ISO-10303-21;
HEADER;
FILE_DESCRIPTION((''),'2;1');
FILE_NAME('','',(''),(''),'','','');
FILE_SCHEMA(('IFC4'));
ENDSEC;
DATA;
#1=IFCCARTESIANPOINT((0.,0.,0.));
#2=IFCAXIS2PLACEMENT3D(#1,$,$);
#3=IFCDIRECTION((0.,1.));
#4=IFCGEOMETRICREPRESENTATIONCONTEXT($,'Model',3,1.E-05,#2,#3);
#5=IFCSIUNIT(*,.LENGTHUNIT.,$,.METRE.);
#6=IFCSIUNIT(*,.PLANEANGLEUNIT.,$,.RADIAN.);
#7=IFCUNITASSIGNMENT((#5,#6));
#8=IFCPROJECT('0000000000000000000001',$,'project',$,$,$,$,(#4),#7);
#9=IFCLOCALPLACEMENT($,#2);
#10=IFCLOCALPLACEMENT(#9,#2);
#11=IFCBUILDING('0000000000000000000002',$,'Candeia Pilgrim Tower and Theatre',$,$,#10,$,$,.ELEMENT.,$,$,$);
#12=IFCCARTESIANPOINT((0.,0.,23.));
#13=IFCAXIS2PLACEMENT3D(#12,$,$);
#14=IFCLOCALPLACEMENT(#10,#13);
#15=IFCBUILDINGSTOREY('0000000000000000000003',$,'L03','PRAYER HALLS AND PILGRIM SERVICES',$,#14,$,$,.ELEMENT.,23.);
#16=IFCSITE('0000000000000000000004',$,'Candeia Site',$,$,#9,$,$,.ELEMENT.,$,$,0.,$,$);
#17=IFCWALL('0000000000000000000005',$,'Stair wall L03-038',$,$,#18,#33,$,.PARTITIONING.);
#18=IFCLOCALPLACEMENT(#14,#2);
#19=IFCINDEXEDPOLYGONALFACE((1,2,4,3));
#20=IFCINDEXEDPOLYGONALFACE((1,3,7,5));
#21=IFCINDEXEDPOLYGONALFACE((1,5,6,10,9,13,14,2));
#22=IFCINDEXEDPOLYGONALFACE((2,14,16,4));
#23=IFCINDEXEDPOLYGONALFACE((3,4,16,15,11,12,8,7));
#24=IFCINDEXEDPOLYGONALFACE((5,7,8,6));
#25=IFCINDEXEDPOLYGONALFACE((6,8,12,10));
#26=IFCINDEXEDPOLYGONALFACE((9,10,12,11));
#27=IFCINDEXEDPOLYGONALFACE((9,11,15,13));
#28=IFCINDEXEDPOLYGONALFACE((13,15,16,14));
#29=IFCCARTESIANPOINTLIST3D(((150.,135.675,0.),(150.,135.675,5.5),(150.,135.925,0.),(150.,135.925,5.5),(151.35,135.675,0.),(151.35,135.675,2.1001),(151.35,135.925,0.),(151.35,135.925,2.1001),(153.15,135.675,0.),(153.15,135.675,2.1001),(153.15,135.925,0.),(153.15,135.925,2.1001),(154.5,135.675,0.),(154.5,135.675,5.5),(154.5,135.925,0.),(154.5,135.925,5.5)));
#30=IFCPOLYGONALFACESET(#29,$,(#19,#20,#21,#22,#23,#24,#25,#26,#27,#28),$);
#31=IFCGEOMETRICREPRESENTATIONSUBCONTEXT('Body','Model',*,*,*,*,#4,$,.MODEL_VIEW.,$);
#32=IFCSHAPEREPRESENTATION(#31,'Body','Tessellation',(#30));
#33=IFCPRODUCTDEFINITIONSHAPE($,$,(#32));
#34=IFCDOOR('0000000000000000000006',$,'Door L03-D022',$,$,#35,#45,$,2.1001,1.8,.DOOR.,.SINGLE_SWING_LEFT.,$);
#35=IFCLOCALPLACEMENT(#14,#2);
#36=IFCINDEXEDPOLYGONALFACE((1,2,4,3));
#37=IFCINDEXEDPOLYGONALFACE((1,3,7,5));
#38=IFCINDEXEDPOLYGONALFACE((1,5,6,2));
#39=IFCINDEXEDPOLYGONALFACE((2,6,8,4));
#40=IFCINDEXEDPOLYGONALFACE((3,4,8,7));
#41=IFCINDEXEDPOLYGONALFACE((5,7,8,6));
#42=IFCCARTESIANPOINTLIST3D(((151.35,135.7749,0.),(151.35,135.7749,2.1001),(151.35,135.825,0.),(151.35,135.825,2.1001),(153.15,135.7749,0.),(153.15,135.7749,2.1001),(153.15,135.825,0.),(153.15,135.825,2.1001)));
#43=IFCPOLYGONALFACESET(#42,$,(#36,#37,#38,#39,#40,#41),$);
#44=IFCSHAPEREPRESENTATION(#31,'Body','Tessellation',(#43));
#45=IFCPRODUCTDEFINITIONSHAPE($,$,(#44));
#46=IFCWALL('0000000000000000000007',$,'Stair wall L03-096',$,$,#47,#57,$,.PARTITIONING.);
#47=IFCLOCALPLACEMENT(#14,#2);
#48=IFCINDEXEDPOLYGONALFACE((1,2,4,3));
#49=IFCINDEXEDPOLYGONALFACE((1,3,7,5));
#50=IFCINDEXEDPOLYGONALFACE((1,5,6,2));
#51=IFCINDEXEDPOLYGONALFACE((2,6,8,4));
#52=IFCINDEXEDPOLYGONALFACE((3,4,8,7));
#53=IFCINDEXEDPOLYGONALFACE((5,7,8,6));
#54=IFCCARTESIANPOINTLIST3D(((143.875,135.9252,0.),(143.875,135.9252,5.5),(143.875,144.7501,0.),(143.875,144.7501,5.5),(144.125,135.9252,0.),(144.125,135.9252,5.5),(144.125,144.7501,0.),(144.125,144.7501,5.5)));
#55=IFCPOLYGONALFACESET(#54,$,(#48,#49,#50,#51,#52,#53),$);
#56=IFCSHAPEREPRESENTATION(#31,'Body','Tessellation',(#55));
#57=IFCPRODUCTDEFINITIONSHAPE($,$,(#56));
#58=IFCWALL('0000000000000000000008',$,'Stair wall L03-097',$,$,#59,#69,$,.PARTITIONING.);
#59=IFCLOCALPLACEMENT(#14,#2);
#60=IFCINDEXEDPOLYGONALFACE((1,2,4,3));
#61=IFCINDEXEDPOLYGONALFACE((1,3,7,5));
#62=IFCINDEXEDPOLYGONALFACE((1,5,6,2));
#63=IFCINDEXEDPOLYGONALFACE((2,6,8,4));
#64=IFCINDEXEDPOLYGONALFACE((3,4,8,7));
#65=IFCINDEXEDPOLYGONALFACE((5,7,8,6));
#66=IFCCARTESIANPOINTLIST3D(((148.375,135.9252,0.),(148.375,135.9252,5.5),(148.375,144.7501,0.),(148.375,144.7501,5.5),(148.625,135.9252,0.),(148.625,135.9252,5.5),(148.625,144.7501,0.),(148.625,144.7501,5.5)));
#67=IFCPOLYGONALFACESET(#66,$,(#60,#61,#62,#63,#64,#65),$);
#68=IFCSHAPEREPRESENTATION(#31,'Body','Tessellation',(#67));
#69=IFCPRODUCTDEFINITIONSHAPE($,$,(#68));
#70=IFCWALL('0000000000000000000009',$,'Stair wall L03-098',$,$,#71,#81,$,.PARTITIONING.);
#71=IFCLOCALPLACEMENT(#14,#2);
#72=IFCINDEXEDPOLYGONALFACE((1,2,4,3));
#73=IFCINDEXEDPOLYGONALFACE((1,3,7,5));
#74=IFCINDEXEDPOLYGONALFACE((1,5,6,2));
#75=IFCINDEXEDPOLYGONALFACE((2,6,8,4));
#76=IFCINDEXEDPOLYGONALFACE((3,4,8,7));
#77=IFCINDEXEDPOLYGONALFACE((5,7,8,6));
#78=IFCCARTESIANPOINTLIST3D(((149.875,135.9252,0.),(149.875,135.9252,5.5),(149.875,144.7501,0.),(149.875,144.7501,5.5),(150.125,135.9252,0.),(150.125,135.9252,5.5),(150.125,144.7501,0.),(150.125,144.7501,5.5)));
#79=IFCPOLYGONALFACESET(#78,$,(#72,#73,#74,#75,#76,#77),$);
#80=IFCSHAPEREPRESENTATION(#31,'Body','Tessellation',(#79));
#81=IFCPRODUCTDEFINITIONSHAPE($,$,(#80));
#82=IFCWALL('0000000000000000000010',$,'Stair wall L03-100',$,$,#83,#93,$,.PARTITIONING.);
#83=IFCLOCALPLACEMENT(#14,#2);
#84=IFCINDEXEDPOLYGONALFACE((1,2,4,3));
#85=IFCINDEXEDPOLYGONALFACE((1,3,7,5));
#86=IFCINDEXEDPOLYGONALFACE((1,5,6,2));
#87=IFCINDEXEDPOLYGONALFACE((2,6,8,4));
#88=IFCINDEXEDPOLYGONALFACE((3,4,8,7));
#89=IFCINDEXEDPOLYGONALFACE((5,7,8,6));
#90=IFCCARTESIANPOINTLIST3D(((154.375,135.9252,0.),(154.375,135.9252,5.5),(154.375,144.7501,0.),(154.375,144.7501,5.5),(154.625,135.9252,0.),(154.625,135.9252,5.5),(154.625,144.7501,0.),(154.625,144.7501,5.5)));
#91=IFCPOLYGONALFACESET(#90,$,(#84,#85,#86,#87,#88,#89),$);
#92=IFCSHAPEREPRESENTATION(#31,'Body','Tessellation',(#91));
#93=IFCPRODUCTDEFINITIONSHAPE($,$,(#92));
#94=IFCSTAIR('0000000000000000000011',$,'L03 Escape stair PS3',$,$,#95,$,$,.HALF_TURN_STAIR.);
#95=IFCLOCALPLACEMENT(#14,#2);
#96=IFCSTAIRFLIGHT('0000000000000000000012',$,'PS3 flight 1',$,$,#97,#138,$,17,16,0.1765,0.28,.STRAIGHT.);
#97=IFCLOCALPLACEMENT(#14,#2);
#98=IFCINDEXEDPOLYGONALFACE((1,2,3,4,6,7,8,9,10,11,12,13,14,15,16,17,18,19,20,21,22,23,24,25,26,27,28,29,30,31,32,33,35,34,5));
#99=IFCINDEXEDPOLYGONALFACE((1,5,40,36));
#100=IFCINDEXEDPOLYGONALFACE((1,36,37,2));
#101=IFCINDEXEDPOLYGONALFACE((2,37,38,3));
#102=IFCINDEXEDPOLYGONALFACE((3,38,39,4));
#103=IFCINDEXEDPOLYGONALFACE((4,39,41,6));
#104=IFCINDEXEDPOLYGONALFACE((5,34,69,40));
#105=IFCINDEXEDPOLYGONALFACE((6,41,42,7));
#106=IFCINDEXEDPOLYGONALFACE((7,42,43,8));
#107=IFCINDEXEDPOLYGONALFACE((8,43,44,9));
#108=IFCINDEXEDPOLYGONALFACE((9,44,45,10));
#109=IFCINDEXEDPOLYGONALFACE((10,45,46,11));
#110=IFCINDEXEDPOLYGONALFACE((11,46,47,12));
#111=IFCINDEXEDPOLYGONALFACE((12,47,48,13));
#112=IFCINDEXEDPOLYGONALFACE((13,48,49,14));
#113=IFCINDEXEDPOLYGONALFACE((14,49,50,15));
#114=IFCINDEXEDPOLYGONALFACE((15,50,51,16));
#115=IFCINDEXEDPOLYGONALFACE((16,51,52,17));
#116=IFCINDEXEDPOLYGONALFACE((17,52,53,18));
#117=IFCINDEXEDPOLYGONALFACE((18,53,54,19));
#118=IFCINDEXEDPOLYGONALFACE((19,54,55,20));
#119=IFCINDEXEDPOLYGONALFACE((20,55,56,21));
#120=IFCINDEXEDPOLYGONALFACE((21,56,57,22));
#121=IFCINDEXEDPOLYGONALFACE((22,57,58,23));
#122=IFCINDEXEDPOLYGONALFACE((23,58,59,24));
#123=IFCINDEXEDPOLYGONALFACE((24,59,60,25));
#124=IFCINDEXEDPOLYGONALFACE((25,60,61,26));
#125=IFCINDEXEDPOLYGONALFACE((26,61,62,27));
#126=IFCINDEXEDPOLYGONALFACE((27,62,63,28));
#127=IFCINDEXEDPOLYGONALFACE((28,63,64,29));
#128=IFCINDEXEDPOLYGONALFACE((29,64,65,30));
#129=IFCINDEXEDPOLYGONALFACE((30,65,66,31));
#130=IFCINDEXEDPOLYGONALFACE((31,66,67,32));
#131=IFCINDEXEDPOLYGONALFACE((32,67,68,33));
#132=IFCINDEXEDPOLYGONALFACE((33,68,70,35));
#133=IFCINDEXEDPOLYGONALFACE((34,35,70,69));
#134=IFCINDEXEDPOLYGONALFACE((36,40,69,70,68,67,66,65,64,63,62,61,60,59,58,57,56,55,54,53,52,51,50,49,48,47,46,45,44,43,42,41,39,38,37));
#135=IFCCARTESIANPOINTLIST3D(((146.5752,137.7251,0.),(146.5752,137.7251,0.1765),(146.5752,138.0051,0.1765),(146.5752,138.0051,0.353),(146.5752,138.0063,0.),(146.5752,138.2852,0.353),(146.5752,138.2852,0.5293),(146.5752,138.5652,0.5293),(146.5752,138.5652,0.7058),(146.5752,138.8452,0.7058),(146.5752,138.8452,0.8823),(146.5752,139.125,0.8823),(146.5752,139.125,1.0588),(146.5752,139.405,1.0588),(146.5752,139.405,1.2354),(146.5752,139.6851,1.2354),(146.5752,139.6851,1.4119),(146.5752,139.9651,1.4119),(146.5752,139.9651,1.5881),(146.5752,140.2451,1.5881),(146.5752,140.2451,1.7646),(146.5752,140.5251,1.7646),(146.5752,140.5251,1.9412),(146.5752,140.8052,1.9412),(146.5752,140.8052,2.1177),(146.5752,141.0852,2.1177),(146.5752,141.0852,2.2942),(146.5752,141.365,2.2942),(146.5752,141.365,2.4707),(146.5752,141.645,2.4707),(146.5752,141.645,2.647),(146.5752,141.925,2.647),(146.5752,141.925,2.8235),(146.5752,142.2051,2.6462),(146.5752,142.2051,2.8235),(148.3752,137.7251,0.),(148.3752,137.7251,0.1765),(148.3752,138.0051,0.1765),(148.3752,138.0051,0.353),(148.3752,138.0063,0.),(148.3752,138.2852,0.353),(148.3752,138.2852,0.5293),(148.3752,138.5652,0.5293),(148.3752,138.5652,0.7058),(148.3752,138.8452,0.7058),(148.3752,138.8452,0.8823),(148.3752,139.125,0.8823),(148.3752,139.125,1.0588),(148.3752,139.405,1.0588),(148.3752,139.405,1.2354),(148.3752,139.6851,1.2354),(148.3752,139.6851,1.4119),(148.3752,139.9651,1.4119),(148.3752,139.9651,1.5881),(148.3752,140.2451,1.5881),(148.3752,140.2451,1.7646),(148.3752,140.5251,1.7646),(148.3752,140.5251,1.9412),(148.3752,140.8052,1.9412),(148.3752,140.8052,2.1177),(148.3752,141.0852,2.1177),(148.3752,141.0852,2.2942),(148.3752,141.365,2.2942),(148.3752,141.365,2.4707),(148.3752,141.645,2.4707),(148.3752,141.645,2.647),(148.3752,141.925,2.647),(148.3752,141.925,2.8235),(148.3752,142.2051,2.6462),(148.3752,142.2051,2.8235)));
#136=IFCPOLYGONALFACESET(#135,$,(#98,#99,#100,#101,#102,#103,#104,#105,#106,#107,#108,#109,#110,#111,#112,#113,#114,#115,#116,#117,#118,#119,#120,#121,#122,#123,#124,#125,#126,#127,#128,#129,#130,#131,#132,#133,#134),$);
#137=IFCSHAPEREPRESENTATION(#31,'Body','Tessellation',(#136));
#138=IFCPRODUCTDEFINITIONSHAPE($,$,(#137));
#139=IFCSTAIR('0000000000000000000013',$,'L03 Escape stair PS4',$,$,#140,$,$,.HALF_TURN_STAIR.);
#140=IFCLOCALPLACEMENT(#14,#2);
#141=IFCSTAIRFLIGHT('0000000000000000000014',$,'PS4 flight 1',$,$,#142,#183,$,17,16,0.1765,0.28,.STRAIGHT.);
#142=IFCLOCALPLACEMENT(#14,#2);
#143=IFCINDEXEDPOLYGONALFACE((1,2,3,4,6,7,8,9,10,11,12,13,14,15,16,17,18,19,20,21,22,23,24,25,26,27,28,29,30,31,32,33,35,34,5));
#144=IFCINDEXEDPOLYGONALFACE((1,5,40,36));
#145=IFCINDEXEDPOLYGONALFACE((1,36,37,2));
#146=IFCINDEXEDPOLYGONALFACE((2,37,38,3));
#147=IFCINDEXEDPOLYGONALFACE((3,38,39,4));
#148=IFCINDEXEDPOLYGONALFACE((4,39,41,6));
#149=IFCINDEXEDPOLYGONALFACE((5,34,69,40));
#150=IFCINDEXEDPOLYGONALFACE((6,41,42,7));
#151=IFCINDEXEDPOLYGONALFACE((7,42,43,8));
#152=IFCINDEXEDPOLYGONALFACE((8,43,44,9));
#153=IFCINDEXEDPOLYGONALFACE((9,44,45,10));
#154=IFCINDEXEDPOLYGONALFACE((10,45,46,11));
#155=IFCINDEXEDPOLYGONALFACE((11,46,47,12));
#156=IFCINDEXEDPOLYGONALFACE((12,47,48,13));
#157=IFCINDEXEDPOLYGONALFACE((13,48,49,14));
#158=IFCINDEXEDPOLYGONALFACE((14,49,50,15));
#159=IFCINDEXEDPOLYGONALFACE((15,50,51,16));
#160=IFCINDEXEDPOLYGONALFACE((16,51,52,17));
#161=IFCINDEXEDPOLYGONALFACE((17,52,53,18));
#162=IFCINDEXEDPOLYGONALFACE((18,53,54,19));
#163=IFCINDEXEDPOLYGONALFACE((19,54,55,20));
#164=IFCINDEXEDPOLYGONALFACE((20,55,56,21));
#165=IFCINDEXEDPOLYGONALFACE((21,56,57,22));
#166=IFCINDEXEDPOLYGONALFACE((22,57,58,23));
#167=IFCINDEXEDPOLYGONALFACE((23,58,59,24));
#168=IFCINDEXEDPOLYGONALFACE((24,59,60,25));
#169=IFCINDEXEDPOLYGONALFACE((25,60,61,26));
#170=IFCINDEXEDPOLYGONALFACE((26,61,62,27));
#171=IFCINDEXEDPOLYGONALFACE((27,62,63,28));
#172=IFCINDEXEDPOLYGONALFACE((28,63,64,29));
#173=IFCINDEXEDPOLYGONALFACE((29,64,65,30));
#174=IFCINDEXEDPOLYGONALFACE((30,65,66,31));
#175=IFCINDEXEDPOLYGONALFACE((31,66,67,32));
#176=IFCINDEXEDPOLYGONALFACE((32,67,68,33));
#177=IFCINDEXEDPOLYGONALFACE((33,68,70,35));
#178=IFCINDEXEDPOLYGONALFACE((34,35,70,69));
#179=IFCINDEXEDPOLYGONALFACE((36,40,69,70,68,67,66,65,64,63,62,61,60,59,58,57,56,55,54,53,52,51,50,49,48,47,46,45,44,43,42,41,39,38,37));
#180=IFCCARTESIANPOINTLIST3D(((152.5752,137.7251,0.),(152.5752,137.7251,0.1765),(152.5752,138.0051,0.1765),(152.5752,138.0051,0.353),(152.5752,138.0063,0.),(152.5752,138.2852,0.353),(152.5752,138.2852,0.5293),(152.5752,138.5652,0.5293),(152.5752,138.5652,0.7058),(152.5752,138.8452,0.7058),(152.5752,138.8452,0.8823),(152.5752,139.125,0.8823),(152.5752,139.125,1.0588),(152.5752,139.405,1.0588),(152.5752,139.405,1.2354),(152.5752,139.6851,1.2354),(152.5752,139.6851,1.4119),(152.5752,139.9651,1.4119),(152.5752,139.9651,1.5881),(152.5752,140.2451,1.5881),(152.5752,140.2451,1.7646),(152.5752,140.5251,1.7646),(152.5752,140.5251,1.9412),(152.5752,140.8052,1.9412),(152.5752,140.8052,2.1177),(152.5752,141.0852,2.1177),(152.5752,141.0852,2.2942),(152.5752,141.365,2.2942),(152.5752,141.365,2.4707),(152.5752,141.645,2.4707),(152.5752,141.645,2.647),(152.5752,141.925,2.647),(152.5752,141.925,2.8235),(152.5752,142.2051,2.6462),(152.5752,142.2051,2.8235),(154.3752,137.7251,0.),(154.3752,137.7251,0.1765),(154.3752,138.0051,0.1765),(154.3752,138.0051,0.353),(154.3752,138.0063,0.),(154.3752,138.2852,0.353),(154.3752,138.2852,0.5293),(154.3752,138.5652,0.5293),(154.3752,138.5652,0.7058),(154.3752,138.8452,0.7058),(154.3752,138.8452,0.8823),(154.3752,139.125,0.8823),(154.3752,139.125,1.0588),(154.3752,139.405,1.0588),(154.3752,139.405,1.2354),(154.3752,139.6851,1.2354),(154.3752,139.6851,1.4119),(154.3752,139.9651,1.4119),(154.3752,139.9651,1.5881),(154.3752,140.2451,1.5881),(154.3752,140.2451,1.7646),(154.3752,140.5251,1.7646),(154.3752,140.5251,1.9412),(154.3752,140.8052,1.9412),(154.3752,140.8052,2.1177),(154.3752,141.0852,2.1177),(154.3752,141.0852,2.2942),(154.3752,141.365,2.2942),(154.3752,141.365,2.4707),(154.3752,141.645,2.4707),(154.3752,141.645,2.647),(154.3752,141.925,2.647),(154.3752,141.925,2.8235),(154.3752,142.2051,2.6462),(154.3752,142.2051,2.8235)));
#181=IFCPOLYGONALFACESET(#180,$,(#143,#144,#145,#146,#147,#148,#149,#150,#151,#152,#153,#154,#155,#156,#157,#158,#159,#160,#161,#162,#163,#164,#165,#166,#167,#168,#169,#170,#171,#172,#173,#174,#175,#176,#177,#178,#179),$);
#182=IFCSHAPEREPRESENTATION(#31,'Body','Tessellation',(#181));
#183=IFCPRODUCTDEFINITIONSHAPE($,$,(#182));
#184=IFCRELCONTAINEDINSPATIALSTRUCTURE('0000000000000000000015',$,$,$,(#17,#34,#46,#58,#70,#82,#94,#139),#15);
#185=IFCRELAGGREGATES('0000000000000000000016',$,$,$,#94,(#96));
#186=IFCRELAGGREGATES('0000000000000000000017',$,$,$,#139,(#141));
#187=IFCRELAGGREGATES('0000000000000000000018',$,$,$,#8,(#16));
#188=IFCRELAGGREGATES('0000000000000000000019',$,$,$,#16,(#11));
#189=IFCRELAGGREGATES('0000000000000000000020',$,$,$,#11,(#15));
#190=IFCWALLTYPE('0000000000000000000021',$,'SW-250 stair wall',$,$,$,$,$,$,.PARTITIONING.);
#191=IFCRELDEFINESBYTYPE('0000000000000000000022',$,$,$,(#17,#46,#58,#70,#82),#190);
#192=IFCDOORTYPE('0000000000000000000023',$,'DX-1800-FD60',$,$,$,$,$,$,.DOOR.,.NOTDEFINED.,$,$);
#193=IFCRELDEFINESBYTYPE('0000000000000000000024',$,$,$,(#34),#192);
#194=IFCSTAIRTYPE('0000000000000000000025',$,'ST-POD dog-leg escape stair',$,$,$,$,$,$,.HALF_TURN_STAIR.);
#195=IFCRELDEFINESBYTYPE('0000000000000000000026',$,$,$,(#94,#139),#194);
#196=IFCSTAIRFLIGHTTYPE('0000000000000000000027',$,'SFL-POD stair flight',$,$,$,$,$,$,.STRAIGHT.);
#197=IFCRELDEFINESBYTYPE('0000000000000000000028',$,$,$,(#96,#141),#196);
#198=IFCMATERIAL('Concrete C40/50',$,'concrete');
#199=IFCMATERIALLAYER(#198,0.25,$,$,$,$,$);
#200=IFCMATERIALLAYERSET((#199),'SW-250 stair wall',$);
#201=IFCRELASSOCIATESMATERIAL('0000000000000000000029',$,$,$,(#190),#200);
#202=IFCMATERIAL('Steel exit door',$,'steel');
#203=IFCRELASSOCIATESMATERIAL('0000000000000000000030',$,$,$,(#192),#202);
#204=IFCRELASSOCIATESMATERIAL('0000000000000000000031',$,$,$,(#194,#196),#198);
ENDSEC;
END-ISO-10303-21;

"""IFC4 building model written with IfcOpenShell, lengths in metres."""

from ifc_helpers import new_model, si_unit, direction, frame, frame_2d, origin, place, context, subcontext, project, spatial, polyline, rectangle, outline, extrude, material, layer, layer_set, type_object, element, fill, aggregate, save


model = new_model("IFC4")

# Units and contexts
model_context = context("Model", 3, precision=1e-05, world=origin(), true_north=direction((0.0, 1.0)))
body_context = subcontext(model_context, "Body", "Model", "MODEL_VIEW")
ifc_project = project(units=[si_unit("LENGTHUNIT", "METRE"), si_unit("PLANEANGLEUNIT", "RADIAN")], contexts=[model_context])

# Site, building, storey
site_placement = place(None, origin())
site = spatial("IfcSite", under=ifc_project, at=site_placement, Name="Candeia Site", CompositionType="ELEMENT", RefElevation=0.0)
building_placement = place(site_placement, origin())
building = spatial("IfcBuilding", under=site, at=building_placement, Name="Candeia Pilgrim Tower and Theatre", CompositionType="ELEMENT")
storey_placement = place(building_placement, frame((0.0, 0.0, 23.0)))
storey = spatial("IfcBuildingStorey", under=building, at=storey_placement, Name="L03", Description="PRAYER HALLS AND PILGRIM SERVICES", CompositionType="ELEMENT", Elevation=23.0)

# Wall, opening, door
ifc_material_1 = material(Name="Concrete C40/50", Category="concrete")
ifc_layer_1 = layer(ifc_material_1, 0.25)
ifc_layer_set_1 = layer_set([ifc_layer_1], Name="SW-250 stair wall")
wall_type_1 = type_object("IfcWallType", Name="SW-250 stair wall", PredefinedType="PARTITIONING", material=ifc_layer_set_1)
ifc_material_2 = material(Name="Steel exit door", Category="steel")
door_type_1 = type_object("IfcDoorType", Name="DX-1800-FD60", OperationType="NOTDEFINED", PredefinedType="DOOR", material=ifc_material_2)
wall_1_placement = place(storey_placement, frame((150.0, 135.8, 0.0), z_axis=(0.0, 0.0, 1.0), x_axis=(1.0, 0.0, 0.0)))
wall_1 = element("IfcWall", 1, at=wall_1_placement, inside=storey, type_object=wall_type_1, Name="Stair wall L03-038", PredefinedType="PARTITIONING", context=body_context, shape_type="SweptSolid", body=[
    extrude(rectangle(XDim=4.5, YDim=0.25, at=frame_2d((2.25, 0.0))), origin(), (0.0, 0.0, 1.0), 5.5),
])
opening_1_placement = place(wall_1_placement, frame((1.3501, 0.0, 0.0)))
opening_1 = element("IfcOpeningElement", 2, at=opening_1_placement, cuts=wall_1, PredefinedType="OPENING", context=body_context, shape_type="SweptSolid", body=[
    extrude(rectangle(XDim=1.8, YDim=2.1001, at=frame_2d((0.8999, 1.05))), frame((0.0, 0.135, 0.0), z_axis=(0.0, -1.0, 0.0), x_axis=(1.0, 0.0, 0.0)), (0.0, 0.0, 1.0), 0.27),
])
door_1_placement = place(opening_1_placement, origin())
door_1 = element("IfcDoor", 3, at=door_1_placement, inside=storey, type_object=door_type_1, Name="Door L03-D022", OperationType="SINGLE_SWING_LEFT", OverallHeight=2.1001, OverallWidth=1.8, PredefinedType="DOOR", context=body_context, shape_type="SweptSolid", body=[
    extrude(rectangle(XDim=1.8, YDim=2.1001, at=frame_2d((0.8999, 1.05))), frame((0.0, 0.0249, 0.0), z_axis=(0.0, -1.0, 0.0), x_axis=(1.0, 0.0, 0.0)), (0.0, 0.0, 1.0), 0.05),
])
fill(opening_1, door_1)

# Walls
for number, where, z_axis, x_axis, name in (
    (4, (144.0, 135.925, 0.0), (0.0, 0.0, 1.0), (0.0, 1.0, 0.0), "Stair wall L03-096"),
    (5, (148.5, 135.925, 0.0), (0.0, 0.0, 1.0), (0.0, 1.0, 0.0), "Stair wall L03-097"),
    (6, (150.0, 135.925, 0.0), (0.0, 0.0, 1.0), (0.0, 1.0, 0.0), "Stair wall L03-098"),
    (7, (154.5, 135.925, 0.0), (0.0, 0.0, 1.0), (0.0, 1.0, 0.0), "Stair wall L03-100"),
):
    element("IfcWall", number, at=place(storey_placement, frame(where, z_axis=z_axis, x_axis=x_axis)), inside=storey, type_object=wall_type_1, Name=name, PredefinedType="PARTITIONING", context=body_context, shape_type="SweptSolid", body=[
        extrude(rectangle(XDim=8.825, YDim=0.25, at=frame_2d((4.4126, 0.0))), origin(), (0.0, 0.0, 1.0), 5.5),
    ])

# Stairs, stair flights
stair_type_1 = type_object("IfcStairType", Name="ST-POD dog-leg escape stair", PredefinedType="HALF_TURN_STAIR", material=ifc_material_1)
stair_1_placement = place(storey_placement, origin())
stair_1 = element("IfcStair", 8, at=stair_1_placement, inside=storey, type_object=stair_type_1, Name="L03 Escape stair PS3", PredefinedType="HALF_TURN_STAIR")
stair_flight_type_1 = type_object("IfcStairFlightType", Name="SFL-POD stair flight", PredefinedType="STRAIGHT", material=ifc_material_1)
stair_flight_1_placement = place(storey_placement, frame((147.4751, 137.7251, 0.0), z_axis=(0.0, 0.0, 1.0), x_axis=(0.0, 1.0, 0.0)))
stair_flight_1 = element("IfcStairFlight", 9, at=stair_flight_1_placement, type_object=stair_flight_type_1, Name="PS3 flight 1", NumberOfRisers=17, NumberOfTreads=16, PredefinedType="STRAIGHT", RiserHeight=0.1765, TreadLength=0.28, context=body_context, shape_type="SweptSolid", body=[
    extrude(outline(polyline([(0.0, 0.0), (0.0, 0.1765), (0.28, 0.1765), (0.28, 0.353), (0.5601, 0.353), (0.5601, 0.5293), (0.8401, 0.5293), (0.8401, 0.7058), (1.1201, 0.7058), (1.1201, 0.8823), (1.3999, 0.8823), (1.3999, 1.0588), (1.6799, 1.0588), (1.6799, 1.2354), (1.96, 1.2354), (1.96, 1.4119), (2.24, 1.4119), (2.24, 1.5881), (2.52, 1.5881), (2.52, 1.7646), (2.8, 1.7646), (2.8, 1.9412), (3.0801, 1.9412), (3.0801, 2.1177), (3.3601, 2.1177), (3.3601, 2.2942), (3.6399, 2.2942), (3.6399, 2.4707), (3.9199, 2.4707), (3.9199, 2.647), (4.2, 2.647), (4.2, 2.8235), (4.48, 2.8235), (4.48, 3.0), (4.48, 2.6462), (0.2812, 0.0), (0.0, 0.0)])), frame((0.0, 0.8999, 0.0), z_axis=(0.0, -1.0, 0.0), x_axis=(1.0, 0.0, 0.0)), (0.0, 0.0, 1.0), 1.8),
])
aggregate(stair_1, [stair_flight_1])
stair_2_placement = place(storey_placement, origin())
stair_2 = element("IfcStair", 10, at=stair_2_placement, inside=storey, type_object=stair_type_1, Name="L03 Escape stair PS4", PredefinedType="HALF_TURN_STAIR")
stair_flight_2_placement = place(storey_placement, frame((153.4751, 137.7251, 0.0), z_axis=(0.0, 0.0, 1.0), x_axis=(0.0, 1.0, 0.0)))
stair_flight_2 = element("IfcStairFlight", 11, at=stair_flight_2_placement, type_object=stair_flight_type_1, Name="PS4 flight 1", NumberOfRisers=17, NumberOfTreads=16, PredefinedType="STRAIGHT", RiserHeight=0.1765, TreadLength=0.28, context=body_context, shape_type="SweptSolid", body=[
    extrude(outline(polyline([(0.0, 0.0), (0.0, 0.1765), (0.28, 0.1765), (0.28, 0.353), (0.5601, 0.353), (0.5601, 0.5293), (0.8401, 0.5293), (0.8401, 0.7058), (1.1201, 0.7058), (1.1201, 0.8823), (1.3999, 0.8823), (1.3999, 1.0588), (1.6799, 1.0588), (1.6799, 1.2354), (1.96, 1.2354), (1.96, 1.4119), (2.24, 1.4119), (2.24, 1.5881), (2.52, 1.5881), (2.52, 1.7646), (2.8, 1.7646), (2.8, 1.9412), (3.0801, 1.9412), (3.0801, 2.1177), (3.3601, 2.1177), (3.3601, 2.2942), (3.6399, 2.2942), (3.6399, 2.4707), (3.9199, 2.4707), (3.9199, 2.647), (4.2, 2.647), (4.2, 2.8235), (4.48, 2.8235), (4.48, 3.0), (4.48, 2.6462), (0.2812, 0.0), (0.0, 0.0)])), frame((0.0, 0.8999, 0.0), z_axis=(0.0, -1.0, 0.0), x_axis=(1.0, 0.0, 0.0)), (0.0, 0.0, 1.0), 1.8),
])
aggregate(stair_2, [stair_flight_2])

save(model, "model.ifc")
